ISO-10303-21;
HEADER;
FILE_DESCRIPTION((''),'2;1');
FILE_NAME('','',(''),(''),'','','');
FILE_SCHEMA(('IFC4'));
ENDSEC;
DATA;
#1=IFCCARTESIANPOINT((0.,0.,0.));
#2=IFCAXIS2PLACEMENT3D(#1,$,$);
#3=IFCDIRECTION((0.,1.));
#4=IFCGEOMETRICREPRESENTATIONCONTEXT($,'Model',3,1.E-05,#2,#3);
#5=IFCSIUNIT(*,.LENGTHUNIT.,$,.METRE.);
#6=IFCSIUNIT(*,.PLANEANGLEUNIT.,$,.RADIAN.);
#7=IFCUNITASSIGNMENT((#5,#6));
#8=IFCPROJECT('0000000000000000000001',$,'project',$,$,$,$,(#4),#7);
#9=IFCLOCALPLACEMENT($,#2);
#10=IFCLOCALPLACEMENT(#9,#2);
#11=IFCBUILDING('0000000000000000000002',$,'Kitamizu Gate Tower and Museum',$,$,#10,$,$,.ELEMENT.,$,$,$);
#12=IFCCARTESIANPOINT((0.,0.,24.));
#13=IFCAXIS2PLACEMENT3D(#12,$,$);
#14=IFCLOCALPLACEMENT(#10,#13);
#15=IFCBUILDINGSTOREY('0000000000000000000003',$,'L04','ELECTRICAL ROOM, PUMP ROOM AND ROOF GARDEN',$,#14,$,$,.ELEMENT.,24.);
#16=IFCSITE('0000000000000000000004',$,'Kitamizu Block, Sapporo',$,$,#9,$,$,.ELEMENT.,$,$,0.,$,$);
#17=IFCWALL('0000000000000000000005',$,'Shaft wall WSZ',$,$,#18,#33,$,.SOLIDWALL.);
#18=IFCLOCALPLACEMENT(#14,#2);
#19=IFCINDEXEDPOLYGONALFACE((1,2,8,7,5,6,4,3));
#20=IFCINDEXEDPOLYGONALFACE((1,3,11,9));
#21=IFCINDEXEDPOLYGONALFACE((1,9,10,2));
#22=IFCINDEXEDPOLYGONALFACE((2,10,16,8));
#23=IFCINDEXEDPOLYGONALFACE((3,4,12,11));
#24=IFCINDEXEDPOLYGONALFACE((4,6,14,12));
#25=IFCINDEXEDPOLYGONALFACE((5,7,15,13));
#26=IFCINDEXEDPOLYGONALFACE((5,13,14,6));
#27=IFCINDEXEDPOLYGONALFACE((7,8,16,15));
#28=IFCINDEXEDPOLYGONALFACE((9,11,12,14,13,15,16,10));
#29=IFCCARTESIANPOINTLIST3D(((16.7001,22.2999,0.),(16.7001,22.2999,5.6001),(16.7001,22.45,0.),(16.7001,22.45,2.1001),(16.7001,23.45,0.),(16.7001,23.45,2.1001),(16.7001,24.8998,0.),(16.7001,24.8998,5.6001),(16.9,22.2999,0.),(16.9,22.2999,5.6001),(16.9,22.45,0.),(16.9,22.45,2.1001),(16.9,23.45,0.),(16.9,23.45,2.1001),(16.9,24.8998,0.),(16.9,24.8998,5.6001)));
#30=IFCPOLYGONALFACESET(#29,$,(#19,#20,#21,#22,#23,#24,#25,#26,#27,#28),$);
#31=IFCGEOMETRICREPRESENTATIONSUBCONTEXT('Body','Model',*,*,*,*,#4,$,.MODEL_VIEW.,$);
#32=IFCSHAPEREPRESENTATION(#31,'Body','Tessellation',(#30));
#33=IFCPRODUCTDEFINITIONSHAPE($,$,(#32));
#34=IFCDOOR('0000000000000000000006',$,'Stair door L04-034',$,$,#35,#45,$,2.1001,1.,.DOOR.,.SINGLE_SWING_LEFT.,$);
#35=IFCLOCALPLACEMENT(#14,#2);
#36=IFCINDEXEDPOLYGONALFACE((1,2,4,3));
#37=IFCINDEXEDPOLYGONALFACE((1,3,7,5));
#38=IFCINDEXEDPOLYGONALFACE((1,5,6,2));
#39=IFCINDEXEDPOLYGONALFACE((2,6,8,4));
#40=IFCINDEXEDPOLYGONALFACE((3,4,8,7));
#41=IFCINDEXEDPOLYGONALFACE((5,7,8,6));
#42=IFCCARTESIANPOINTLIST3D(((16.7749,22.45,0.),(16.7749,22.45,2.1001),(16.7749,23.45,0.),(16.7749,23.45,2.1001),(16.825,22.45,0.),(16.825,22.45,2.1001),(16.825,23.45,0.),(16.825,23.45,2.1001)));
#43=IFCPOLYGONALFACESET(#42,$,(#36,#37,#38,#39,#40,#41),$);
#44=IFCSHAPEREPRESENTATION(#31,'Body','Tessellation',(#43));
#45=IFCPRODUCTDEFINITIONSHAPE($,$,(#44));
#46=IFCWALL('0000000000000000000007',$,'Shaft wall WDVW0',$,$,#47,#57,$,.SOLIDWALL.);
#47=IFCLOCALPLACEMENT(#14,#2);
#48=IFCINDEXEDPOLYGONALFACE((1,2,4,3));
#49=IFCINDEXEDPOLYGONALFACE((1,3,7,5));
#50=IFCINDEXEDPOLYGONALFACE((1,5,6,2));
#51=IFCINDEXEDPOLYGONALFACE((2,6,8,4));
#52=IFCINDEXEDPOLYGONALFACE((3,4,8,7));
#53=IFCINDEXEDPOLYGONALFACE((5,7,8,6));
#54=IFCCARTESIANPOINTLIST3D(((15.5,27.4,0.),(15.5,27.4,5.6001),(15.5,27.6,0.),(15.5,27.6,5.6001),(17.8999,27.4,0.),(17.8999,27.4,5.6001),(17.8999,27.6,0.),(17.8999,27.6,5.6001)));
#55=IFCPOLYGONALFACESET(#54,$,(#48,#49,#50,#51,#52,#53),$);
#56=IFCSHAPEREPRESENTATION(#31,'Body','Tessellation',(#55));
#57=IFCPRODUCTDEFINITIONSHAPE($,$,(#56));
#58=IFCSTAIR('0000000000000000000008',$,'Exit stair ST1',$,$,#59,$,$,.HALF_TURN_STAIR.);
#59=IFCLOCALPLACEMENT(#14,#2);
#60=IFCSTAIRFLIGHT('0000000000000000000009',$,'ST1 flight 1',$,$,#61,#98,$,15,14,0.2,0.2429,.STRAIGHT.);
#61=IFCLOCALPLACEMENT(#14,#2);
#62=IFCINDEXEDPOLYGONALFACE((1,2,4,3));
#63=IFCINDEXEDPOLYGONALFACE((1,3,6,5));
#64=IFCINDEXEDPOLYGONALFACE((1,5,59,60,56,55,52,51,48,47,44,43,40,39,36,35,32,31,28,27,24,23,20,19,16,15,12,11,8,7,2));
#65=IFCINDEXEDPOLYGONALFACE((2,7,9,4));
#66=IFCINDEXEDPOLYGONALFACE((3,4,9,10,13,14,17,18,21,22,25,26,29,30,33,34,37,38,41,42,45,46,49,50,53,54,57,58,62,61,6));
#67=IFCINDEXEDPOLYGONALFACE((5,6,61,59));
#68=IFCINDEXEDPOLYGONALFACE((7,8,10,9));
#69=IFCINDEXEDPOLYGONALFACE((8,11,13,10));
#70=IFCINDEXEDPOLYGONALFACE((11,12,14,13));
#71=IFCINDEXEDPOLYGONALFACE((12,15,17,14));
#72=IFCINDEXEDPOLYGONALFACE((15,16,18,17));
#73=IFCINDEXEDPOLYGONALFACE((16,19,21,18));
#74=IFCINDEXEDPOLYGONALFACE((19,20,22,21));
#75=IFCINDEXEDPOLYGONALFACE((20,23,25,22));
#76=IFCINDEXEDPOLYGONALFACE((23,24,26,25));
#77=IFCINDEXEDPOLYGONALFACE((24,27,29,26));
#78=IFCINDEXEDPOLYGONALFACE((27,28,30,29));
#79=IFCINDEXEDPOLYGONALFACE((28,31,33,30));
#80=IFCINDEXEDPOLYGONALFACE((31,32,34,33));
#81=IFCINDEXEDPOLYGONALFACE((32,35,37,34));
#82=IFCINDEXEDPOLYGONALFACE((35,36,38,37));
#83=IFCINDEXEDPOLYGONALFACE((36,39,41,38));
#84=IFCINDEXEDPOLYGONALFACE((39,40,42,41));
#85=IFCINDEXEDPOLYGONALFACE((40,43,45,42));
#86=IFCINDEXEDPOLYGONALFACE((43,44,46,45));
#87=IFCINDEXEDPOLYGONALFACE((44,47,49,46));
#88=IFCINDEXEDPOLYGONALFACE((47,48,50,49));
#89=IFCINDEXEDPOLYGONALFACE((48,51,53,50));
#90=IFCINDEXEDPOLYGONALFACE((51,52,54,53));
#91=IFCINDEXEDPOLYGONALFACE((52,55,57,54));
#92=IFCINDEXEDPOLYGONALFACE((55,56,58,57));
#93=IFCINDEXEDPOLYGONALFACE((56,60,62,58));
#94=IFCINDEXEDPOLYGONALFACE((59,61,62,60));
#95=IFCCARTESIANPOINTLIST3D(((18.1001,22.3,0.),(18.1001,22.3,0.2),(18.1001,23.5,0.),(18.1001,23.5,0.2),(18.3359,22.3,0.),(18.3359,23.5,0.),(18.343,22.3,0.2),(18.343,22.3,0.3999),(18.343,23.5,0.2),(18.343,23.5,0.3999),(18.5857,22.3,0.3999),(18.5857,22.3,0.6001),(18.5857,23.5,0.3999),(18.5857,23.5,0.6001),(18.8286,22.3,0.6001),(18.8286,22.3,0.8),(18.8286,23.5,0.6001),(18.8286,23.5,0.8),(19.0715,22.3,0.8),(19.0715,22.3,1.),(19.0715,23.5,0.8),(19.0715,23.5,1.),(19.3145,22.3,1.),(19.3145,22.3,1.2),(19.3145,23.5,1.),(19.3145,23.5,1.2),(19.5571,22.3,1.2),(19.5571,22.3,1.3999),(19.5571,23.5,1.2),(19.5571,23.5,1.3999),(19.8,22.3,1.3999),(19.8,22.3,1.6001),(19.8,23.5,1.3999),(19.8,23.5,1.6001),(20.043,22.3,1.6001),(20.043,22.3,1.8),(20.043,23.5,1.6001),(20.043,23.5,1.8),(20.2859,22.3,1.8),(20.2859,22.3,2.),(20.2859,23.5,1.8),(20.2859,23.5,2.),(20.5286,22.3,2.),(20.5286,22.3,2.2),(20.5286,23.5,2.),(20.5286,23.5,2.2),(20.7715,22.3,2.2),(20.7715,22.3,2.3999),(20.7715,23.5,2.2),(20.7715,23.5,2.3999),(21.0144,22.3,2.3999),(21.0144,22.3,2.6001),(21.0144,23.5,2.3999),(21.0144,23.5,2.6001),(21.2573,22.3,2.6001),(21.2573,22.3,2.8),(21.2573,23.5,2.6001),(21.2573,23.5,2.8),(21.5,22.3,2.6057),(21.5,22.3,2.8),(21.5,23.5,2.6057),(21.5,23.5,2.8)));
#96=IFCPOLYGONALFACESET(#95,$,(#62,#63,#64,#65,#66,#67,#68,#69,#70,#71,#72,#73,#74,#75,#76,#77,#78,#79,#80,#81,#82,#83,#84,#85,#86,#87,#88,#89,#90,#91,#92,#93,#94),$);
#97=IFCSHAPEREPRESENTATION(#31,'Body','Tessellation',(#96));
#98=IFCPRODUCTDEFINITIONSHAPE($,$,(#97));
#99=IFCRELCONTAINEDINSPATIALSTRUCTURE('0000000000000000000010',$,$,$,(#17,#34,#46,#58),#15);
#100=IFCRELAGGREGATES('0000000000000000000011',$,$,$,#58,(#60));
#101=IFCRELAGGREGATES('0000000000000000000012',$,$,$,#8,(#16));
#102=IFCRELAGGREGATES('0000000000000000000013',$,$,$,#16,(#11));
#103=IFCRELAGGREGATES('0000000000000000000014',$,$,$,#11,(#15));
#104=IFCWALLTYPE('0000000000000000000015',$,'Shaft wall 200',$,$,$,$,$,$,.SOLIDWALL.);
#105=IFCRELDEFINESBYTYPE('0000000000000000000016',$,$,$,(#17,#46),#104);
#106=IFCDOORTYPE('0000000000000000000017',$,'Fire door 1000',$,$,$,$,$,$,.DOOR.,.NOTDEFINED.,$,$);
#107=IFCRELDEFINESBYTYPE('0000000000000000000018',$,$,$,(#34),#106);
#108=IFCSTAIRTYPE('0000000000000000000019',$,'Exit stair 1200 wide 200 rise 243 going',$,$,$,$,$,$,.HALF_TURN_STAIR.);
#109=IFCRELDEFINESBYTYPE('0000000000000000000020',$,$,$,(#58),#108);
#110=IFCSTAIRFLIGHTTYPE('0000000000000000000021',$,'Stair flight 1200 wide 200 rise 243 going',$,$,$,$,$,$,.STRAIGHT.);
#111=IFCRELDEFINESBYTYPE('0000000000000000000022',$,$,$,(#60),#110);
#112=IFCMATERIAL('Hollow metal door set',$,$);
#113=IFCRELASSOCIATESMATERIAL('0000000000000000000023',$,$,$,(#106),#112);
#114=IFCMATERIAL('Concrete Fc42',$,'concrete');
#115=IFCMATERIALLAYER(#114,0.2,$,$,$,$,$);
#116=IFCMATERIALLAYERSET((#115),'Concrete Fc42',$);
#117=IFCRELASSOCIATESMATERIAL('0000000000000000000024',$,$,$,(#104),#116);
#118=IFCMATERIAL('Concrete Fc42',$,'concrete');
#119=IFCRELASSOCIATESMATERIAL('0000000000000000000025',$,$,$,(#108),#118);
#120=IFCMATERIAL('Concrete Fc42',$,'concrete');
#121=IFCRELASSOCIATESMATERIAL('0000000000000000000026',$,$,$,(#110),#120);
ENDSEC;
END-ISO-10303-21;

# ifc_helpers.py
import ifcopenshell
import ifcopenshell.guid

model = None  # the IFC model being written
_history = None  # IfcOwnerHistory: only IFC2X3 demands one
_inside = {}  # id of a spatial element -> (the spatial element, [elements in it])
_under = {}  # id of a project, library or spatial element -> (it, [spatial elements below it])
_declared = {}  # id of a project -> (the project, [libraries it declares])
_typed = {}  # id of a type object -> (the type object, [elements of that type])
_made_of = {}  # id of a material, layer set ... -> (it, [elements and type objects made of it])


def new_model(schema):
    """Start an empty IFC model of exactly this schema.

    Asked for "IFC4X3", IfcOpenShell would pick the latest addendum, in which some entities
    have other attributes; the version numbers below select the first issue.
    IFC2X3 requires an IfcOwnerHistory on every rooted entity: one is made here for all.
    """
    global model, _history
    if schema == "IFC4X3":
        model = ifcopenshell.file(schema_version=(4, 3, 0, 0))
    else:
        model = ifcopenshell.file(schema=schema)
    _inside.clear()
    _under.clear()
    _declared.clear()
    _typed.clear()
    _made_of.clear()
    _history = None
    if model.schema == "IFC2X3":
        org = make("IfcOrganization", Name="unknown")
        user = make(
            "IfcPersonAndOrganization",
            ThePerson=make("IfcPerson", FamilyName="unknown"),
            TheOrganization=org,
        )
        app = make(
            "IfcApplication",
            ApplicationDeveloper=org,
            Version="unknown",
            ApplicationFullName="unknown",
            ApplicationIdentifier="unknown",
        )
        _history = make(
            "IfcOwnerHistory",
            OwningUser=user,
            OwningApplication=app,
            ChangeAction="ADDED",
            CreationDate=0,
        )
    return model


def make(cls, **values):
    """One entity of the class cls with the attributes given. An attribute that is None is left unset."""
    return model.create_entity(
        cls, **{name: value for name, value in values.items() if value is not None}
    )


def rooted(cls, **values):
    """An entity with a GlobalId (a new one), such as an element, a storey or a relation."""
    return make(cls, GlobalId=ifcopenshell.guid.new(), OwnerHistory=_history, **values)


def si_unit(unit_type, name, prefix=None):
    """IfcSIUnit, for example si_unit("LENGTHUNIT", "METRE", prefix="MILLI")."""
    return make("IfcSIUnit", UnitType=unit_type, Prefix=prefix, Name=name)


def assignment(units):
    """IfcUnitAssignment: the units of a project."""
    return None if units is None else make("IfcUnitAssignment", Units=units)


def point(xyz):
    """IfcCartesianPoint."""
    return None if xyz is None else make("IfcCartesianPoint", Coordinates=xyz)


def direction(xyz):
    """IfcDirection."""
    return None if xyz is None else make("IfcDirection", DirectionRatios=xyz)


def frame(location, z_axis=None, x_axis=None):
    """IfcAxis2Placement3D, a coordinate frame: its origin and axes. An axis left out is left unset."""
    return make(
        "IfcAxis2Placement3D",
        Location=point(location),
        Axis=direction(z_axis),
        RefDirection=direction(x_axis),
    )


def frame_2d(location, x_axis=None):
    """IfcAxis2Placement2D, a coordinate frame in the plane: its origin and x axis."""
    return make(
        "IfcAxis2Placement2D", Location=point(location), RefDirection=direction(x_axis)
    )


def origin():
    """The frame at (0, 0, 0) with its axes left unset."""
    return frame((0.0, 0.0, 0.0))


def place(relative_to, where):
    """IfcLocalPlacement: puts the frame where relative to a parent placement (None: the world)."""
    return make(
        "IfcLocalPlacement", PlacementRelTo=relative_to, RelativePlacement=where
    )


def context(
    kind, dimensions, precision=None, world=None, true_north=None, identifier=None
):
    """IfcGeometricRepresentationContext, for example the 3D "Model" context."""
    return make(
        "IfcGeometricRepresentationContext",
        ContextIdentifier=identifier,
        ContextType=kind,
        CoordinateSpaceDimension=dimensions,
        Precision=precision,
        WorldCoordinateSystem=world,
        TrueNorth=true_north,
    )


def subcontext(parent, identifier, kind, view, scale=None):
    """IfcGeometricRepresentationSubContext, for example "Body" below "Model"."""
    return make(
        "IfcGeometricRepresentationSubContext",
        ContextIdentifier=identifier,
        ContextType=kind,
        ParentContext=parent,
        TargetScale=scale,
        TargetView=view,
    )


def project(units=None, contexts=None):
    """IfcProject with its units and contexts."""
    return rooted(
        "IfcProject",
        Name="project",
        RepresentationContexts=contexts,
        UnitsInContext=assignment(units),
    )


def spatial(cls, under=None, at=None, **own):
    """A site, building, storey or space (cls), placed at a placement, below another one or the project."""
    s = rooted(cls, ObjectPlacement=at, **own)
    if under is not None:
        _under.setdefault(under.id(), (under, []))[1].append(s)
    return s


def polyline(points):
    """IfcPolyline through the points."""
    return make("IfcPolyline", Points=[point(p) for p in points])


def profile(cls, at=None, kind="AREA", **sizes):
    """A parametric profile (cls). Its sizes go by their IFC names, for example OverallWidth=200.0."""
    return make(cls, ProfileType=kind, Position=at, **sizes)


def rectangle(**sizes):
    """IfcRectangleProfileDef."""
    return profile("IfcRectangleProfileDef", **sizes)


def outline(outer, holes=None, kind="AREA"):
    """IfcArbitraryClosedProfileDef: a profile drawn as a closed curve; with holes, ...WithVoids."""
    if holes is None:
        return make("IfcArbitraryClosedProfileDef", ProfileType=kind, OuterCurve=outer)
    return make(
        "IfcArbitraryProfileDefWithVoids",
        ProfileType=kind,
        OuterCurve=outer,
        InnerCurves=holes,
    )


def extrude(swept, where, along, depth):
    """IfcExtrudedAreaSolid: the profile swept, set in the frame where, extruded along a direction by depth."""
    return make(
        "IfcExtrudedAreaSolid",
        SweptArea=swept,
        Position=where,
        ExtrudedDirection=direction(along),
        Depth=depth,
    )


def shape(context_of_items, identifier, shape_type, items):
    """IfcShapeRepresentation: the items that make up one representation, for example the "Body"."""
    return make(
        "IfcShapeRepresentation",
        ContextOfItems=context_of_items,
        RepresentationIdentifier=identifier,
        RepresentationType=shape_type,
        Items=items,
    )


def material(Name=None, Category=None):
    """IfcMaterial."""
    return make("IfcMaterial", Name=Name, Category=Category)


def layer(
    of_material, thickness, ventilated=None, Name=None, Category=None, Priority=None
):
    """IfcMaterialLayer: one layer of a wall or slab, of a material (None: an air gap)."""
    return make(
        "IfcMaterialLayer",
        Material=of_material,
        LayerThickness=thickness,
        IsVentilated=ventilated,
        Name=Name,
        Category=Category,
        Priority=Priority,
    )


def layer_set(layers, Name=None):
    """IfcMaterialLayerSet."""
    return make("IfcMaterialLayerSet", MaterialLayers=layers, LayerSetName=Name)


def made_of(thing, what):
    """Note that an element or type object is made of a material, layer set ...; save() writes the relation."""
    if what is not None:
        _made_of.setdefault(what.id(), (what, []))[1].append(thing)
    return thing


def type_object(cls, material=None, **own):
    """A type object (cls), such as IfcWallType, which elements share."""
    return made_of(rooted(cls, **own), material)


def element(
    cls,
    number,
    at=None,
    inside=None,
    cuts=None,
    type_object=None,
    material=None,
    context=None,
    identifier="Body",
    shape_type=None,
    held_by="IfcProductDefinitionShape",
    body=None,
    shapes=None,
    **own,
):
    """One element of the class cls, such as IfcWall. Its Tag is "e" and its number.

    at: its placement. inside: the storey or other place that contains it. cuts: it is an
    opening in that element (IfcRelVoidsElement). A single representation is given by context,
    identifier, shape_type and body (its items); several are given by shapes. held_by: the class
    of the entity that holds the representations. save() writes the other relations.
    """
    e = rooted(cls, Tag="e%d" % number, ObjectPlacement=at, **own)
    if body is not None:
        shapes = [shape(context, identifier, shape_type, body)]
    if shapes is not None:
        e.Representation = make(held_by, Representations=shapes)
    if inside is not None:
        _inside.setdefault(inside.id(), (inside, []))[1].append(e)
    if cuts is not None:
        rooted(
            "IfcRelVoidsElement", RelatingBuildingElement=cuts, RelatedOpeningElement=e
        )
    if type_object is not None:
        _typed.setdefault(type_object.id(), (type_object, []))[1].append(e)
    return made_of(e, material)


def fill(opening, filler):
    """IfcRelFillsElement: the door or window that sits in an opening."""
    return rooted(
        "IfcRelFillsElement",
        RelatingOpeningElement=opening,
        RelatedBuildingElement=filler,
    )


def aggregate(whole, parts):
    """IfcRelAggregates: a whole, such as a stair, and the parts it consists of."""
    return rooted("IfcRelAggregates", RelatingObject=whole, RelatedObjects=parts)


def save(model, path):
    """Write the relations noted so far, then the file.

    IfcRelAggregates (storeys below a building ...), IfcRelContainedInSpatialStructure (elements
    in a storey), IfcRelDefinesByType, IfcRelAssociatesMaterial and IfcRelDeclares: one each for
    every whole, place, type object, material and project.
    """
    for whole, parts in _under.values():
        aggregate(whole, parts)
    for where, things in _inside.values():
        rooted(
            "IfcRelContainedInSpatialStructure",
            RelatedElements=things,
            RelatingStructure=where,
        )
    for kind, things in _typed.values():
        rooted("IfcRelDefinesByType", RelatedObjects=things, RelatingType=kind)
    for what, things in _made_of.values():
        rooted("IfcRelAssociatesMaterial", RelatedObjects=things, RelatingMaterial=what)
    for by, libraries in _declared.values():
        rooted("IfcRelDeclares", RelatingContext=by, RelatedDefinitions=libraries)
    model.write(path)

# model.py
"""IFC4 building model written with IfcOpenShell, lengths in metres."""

from ifc_helpers import new_model, si_unit, direction, frame, frame_2d, origin, place, context, subcontext, project, spatial, polyline, rectangle, outline, extrude, material, layer, layer_set, type_object, element, fill, aggregate, save


model = new_model("IFC4")

# Units and contexts
model_context = context("Model", 3, precision=1e-05, world=origin(), true_north=direction((0.0, 1.0)))
body_context = subcontext(model_context, "Body", "Model", "MODEL_VIEW")
ifc_project = project(units=[si_unit("LENGTHUNIT", "METRE"), si_unit("PLANEANGLEUNIT", "RADIAN")], contexts=[model_context])

# Site, building, storey
site_placement = place(None, origin())
site = spatial("IfcSite", under=ifc_project, at=site_placement, Name="Kitamizu Block, Sapporo", CompositionType="ELEMENT", RefElevation=0.0)
building_placement = place(site_placement, origin())
building = spatial("IfcBuilding", under=site, at=building_placement, Name="Kitamizu Gate Tower and Museum", CompositionType="ELEMENT")
storey_placement = place(building_placement, frame((0.0, 0.0, 24.0)))
storey = spatial("IfcBuildingStorey", under=building, at=storey_placement, Name="L04", Description="ELECTRICAL ROOM, PUMP ROOM AND ROOF GARDEN", CompositionType="ELEMENT", Elevation=24.0)

# Shared definitions
ifc_material_1 = material(Name="Hollow metal door set")
door_type_1 = type_object("IfcDoorType", Name="Fire door 1000", OperationType="NOTDEFINED", PredefinedType="DOOR", material=ifc_material_1)

# Shared definitions
ifc_material_2 = material(Name="Concrete Fc42", Category="concrete")
ifc_layer_1 = layer(ifc_material_2, 0.2)
ifc_layer_set_1 = layer_set([ifc_layer_1], Name="Concrete Fc42")
wall_type_1 = type_object("IfcWallType", Name="Shaft wall 200", PredefinedType="SOLIDWALL", material=ifc_layer_set_1)

# Wall, opening, door
wall_1_placement = place(storey_placement, frame((16.8, 22.3, 0.0), z_axis=(0.0, 0.0, 1.0), x_axis=(0.0, 1.0, 0.0)))
wall_1 = element("IfcWall", 1, at=wall_1_placement, inside=storey, type_object=wall_type_1, Name="Shaft wall WSZ", PredefinedType="SOLIDWALL", context=body_context, shape_type="SweptSolid", body=[
    extrude(rectangle(XDim=2.5999, YDim=0.2, at=frame_2d((1.2998, 0.0))), origin(), (0.0, 0.0, 1.0), 5.6001),
])
opening_1_placement = place(wall_1_placement, frame((0.1499, 0.0, 0.0)))
opening_1 = element("IfcOpeningElement", 2, at=opening_1_placement, cuts=wall_1, PredefinedType="OPENING", context=body_context, shape_type="SweptSolid", body=[
    extrude(rectangle(XDim=1.0, YDim=2.1001, at=frame_2d((0.5, 1.05))), frame((0.0, 0.1099, 0.0), z_axis=(0.0, -1.0, 0.0), x_axis=(1.0, 0.0, 0.0)), (0.0, 0.0, 1.0), 0.22),
])
door_1_placement = place(opening_1_placement, frame((1.0, 0.0, 0.0), x_axis=(-1.0, 0.0, 0.0)))
door_1 = element("IfcDoor", 3, at=door_1_placement, inside=storey, type_object=door_type_1, Name="Stair door L04-034", OperationType="SINGLE_SWING_LEFT", OverallHeight=2.1001, OverallWidth=1.0, PredefinedType="DOOR", context=body_context, shape_type="SweptSolid", body=[
    extrude(rectangle(XDim=1.0, YDim=2.1001, at=frame_2d((0.5, 1.05))), frame((0.0, 0.0249, 0.0), z_axis=(0.0, -1.0, 0.0), x_axis=(1.0, 0.0, 0.0)), (0.0, 0.0, 1.0), 0.05),
])
fill(opening_1, door_1)

# Wall
wall_2_placement = place(storey_placement, frame((15.5, 27.5, 0.0), z_axis=(0.0, 0.0, 1.0), x_axis=(1.0, 0.0, 0.0)))
element("IfcWall", 4, at=wall_2_placement, inside=storey, type_object=wall_type_1, Name="Shaft wall WDVW0", PredefinedType="SOLIDWALL", context=body_context, shape_type="SweptSolid", body=[
    extrude(rectangle(XDim=2.3999, YDim=0.2, at=frame_2d((1.2, 0.0))), origin(), (0.0, 0.0, 1.0), 5.6001),
])

# Stair, stair flight
ifc_material_3 = material(Name="Concrete Fc42", Category="concrete")
stair_type = type_object("IfcStairType", Name="Exit stair 1200 wide 200 rise 243 going", PredefinedType="HALF_TURN_STAIR", material=ifc_material_3)
stair_placement = place(storey_placement, origin())
stair = element("IfcStair", 5, at=stair_placement, inside=storey, type_object=stair_type, Name="Exit stair ST1", PredefinedType="HALF_TURN_STAIR")
ifc_material_4 = material(Name="Concrete Fc42", Category="concrete")
stair_flight_type = type_object("IfcStairFlightType", Name="Stair flight 1200 wide 200 rise 243 going", PredefinedType="STRAIGHT", material=ifc_material_4)
stair_flight_placement = place(storey_placement, frame((18.1001, 22.8999, 0.0), z_axis=(0.0, 0.0, 1.0), x_axis=(1.0, 0.0, 0.0)))
stair_flight = element("IfcStairFlight", 6, at=stair_flight_placement, type_object=stair_flight_type, Name="ST1 flight 1", NumberOfRisers=15, NumberOfTreads=14, PredefinedType="STRAIGHT", RiserHeight=0.2, TreadLength=0.2429, context=body_context, shape_type="SweptSolid", body=[
    extrude(outline(polyline([(0.0, 0.0), (0.0, 0.2), (0.2429, 0.2), (0.2429, 0.3999), (0.4856, 0.3999), (0.4856, 0.6001), (0.7285, 0.6001), (0.7285, 0.8), (0.9714, 0.8), (0.9714, 1.0), (1.2144, 1.0), (1.2144, 1.2), (1.457, 1.2), (1.457, 1.3999), (1.7, 1.3999), (1.7, 1.6001), (1.9429, 1.6001), (1.9429, 1.8), (2.1858, 1.8), (2.1858, 2.0), (2.4285, 2.0), (2.4285, 2.2), (2.6714, 2.2), (2.6714, 2.3999), (2.9143, 2.3999), (2.9143, 2.6001), (3.1572, 2.6001), (3.1572, 2.8), (3.3999, 2.8), (3.3999, 3.0), (3.3999, 2.6057), (0.2358, 0.0), (0.0, 0.0)])), frame((0.0, 0.6001, 0.0), z_axis=(0.0, -1.0, 0.0), x_axis=(1.0, 0.0, 0.0)), (0.0, 0.0, 1.0), 1.2),
])
aggregate(stair, [stair_flight])

save(model, "model.ifc")
